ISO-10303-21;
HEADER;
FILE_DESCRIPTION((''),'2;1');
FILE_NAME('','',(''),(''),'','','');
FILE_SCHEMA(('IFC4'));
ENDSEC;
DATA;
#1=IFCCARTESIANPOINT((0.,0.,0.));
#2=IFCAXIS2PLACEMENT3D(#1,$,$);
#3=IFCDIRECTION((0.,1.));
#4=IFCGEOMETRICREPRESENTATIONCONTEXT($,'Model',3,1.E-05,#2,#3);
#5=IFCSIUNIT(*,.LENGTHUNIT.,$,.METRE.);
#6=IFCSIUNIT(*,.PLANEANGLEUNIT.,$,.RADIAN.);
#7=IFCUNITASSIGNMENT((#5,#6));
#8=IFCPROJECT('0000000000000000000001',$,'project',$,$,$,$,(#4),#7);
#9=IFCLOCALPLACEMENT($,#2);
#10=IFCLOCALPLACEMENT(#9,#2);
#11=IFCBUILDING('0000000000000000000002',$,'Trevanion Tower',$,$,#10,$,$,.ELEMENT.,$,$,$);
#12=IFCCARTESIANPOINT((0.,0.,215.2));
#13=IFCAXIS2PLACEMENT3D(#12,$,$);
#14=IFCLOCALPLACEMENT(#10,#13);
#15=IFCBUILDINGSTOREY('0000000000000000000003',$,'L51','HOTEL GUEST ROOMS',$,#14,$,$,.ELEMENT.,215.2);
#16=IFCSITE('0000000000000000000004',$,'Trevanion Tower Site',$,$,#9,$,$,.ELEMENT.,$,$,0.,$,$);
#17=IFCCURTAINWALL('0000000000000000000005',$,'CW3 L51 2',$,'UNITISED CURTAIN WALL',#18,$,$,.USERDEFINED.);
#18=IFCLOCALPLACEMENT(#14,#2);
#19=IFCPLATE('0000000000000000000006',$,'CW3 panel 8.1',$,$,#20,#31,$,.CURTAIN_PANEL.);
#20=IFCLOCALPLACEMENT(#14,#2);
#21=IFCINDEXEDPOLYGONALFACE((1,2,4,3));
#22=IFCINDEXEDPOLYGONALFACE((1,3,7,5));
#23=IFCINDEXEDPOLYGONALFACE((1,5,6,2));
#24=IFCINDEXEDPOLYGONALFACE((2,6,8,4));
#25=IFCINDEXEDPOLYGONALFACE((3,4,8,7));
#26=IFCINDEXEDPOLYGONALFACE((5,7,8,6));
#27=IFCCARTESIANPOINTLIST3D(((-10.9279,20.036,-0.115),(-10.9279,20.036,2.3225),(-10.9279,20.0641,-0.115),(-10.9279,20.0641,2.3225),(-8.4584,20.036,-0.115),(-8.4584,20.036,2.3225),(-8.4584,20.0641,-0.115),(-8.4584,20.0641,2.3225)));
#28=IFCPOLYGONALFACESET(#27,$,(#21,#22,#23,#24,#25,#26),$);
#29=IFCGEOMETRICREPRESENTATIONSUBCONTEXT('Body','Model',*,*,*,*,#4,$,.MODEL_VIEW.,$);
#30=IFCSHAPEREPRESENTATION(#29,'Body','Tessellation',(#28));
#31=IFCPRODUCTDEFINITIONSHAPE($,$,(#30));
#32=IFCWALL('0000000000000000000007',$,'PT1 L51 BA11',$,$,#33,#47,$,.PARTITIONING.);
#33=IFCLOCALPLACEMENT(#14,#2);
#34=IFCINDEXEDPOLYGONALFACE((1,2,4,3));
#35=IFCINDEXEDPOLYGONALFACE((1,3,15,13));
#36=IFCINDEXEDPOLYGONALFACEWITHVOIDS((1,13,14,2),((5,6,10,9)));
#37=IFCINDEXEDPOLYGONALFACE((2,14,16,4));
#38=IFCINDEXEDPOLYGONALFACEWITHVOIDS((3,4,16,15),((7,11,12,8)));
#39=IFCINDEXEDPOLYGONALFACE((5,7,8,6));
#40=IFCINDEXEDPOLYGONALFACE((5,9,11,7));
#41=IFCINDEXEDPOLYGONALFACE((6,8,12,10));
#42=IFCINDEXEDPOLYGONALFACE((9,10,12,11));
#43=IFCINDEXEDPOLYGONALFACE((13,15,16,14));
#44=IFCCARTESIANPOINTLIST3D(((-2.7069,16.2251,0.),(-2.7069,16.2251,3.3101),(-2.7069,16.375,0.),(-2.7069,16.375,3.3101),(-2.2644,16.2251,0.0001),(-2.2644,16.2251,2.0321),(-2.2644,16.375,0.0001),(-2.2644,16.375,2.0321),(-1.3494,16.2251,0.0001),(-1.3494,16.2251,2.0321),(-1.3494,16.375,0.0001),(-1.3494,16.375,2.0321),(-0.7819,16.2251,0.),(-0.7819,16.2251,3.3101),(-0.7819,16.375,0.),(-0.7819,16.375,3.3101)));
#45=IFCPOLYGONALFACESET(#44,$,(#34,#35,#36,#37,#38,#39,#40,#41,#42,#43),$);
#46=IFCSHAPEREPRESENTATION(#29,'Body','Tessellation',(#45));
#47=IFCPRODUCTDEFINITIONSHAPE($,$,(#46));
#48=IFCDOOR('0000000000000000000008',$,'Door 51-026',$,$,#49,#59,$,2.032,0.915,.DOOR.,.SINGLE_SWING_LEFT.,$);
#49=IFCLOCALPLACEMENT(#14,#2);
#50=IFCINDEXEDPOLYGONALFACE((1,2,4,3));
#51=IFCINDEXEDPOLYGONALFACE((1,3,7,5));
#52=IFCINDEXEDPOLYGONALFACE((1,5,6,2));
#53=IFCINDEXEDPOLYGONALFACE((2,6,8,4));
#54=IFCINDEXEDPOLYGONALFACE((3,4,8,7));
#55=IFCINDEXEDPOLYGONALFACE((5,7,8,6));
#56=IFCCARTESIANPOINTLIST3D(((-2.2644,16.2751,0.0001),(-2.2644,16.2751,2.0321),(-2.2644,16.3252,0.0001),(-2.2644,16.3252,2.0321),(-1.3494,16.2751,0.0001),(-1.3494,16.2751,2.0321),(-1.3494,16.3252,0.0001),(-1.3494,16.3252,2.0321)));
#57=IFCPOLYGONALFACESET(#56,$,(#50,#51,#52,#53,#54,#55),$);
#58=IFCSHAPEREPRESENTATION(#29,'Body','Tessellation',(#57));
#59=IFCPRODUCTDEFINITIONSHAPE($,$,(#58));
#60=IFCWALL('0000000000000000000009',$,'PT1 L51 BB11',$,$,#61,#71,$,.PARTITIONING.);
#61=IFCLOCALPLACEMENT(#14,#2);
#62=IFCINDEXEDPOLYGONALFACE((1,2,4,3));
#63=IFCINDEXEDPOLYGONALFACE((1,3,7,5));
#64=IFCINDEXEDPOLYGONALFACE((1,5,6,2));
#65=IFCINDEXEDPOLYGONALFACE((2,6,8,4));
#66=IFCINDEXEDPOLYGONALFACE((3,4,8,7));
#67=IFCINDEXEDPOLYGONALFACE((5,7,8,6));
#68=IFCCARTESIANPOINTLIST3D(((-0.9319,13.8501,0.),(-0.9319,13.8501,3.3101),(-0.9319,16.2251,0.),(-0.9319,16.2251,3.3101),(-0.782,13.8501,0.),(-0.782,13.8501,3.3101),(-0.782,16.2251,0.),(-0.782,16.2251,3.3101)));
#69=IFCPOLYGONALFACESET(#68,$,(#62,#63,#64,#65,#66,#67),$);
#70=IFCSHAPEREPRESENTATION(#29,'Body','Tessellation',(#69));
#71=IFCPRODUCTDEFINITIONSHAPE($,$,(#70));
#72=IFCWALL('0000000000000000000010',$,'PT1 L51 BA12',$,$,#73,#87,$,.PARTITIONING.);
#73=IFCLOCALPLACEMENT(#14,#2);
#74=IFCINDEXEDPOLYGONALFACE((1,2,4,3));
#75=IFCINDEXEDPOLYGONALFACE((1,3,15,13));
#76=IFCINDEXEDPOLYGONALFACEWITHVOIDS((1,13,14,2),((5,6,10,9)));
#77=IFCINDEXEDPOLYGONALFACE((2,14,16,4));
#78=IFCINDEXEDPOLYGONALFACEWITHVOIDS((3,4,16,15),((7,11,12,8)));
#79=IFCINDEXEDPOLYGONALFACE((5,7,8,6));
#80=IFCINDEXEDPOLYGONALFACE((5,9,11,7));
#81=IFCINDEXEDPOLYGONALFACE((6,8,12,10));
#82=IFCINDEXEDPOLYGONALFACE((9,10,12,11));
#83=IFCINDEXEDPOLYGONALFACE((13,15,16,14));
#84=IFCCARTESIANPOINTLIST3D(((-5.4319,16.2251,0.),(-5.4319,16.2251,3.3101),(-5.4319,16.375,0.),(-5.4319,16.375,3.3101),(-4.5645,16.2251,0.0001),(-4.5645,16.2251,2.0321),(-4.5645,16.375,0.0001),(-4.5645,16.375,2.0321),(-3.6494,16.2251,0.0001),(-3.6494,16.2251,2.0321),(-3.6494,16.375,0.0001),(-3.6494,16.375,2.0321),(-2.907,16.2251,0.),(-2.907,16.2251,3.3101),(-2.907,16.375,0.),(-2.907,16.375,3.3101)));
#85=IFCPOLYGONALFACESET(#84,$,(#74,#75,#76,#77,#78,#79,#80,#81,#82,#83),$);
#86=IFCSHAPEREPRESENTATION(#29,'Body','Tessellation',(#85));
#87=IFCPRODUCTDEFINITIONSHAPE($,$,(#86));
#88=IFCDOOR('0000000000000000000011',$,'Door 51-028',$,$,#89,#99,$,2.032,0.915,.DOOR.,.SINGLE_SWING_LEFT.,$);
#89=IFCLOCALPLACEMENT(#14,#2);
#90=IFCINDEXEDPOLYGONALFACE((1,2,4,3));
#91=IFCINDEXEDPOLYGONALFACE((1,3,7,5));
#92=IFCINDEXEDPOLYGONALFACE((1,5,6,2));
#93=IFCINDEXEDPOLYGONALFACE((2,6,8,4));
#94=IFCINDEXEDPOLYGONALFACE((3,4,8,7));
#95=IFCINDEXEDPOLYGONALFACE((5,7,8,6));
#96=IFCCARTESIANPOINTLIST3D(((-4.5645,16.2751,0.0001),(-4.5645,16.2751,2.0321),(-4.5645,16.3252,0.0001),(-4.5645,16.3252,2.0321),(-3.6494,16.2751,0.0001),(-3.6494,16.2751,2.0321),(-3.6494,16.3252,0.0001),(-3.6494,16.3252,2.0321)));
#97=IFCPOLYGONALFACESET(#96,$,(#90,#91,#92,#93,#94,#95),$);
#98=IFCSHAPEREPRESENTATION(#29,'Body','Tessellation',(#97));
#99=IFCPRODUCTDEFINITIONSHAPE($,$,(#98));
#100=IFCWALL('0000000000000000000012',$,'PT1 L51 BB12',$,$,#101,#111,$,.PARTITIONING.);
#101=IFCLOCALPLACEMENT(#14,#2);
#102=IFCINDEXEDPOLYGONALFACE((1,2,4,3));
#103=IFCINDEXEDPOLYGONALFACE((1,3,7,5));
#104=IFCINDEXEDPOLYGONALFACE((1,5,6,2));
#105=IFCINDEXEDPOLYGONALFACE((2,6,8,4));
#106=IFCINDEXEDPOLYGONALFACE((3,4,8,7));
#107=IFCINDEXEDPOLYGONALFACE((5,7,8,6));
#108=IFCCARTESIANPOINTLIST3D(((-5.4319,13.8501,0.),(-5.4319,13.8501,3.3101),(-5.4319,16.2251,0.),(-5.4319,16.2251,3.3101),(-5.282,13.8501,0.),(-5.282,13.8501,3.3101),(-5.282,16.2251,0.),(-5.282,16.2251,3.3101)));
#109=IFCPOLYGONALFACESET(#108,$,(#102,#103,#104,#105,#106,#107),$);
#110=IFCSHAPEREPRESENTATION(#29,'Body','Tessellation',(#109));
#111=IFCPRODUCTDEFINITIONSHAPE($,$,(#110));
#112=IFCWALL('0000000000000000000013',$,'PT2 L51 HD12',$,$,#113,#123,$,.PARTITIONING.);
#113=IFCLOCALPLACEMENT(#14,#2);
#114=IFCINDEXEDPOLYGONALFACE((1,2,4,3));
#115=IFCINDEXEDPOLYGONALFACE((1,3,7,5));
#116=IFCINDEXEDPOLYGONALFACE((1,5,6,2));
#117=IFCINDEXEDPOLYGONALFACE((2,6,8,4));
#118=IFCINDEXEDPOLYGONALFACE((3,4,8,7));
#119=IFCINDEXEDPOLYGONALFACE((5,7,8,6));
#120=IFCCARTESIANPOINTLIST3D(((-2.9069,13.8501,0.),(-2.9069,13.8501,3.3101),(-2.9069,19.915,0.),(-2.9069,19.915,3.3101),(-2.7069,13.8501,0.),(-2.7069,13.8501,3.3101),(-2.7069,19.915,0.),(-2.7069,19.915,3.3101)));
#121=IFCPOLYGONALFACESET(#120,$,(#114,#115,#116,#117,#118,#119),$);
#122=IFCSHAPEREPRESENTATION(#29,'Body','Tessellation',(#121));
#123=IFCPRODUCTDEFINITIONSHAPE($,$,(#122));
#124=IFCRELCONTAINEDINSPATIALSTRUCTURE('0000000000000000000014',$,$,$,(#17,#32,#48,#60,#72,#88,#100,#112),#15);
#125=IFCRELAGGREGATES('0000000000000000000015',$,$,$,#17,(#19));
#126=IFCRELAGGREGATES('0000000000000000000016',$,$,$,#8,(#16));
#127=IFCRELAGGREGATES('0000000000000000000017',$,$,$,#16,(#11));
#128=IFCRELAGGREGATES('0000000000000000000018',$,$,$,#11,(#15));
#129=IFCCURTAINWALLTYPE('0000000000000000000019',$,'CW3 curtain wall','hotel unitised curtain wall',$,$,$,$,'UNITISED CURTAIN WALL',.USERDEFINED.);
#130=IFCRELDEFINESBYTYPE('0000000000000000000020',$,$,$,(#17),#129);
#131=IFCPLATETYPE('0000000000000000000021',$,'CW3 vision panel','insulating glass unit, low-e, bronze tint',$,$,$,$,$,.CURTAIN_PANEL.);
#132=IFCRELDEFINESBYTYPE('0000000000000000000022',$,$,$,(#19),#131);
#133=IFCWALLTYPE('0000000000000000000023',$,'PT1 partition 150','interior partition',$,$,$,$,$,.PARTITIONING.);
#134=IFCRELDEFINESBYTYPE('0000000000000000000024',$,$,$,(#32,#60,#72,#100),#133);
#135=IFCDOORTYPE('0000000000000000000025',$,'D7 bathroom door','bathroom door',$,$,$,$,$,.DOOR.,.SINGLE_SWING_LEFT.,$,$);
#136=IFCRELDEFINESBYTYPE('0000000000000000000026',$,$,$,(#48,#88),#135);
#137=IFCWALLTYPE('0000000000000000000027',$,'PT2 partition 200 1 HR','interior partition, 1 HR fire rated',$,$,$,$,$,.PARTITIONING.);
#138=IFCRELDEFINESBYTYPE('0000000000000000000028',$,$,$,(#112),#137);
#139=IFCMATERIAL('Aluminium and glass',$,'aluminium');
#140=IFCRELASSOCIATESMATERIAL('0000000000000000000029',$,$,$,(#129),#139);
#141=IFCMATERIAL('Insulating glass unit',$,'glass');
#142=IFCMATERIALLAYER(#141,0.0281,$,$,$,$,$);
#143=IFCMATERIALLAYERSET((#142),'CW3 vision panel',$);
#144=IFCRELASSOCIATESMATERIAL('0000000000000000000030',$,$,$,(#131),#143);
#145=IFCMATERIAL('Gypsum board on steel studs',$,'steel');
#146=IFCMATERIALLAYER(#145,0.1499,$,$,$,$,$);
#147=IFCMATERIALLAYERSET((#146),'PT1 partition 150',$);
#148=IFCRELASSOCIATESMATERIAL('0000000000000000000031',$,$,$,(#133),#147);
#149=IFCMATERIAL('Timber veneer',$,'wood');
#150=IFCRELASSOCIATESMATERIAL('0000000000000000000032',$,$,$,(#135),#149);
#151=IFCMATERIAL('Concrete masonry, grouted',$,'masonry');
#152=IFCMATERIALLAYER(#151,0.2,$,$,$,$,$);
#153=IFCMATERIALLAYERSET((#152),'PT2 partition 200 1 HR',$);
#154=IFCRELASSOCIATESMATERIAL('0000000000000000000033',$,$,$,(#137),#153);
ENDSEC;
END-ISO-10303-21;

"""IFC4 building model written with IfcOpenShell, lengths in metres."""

from ifc_helpers import new_model, si_unit, direction, frame, frame_2d, origin, origin_2d, place, context, subcontext, project, spatial, rectangle, extrude, material, layer, layer_set, type_object, element, fill, aggregate, save


model = new_model("IFC4")

# Units and contexts
model_context = context("Model", 3, precision=1e-05, world=origin(), true_north=direction((0.0, 1.0)))
body_context = subcontext(model_context, "Body", "Model", "MODEL_VIEW")
ifc_project = project(units=[si_unit("LENGTHUNIT", "METRE"), si_unit("PLANEANGLEUNIT", "RADIAN")], contexts=[model_context])

# Site, building, storey
site_placement = place(None, origin())
site = spatial("IfcSite", under=ifc_project, at=site_placement, Name="Trevanion Tower Site", CompositionType="ELEMENT", RefElevation=0.0)
building_placement = place(site_placement, origin())
building = spatial("IfcBuilding", under=site, at=building_placement, Name="Trevanion Tower", CompositionType="ELEMENT")
storey_placement = place(building_placement, frame((0.0, 0.0, 215.2)))
storey = spatial("IfcBuildingStorey", under=building, at=storey_placement, Name="L51", Description="HOTEL GUEST ROOMS", CompositionType="ELEMENT", Elevation=215.2)

# Curtain wall
ifc_material_1 = material(Name="Aluminium and glass", Category="aluminium")
curtain_wall_type = type_object("IfcCurtainWallType", Name="CW3 curtain wall", Description="hotel unitised curtain wall", ElementType="UNITISED CURTAIN WALL", PredefinedType="USERDEFINED", material=ifc_material_1)
curtain_wall_placement = place(storey_placement, origin())
curtain_wall = element("IfcCurtainWall", 1, at=curtain_wall_placement, inside=storey, type_object=curtain_wall_type, Name="CW3 L51 2", ObjectType="UNITISED CURTAIN WALL", PredefinedType="USERDEFINED")

# Plate
ifc_material_2 = material(Name="Insulating glass unit", Category="glass")
ifc_layer_1 = layer(ifc_material_2, 0.0281)
ifc_layer_set_1 = layer_set([ifc_layer_1], Name="CW3 vision panel")
plate_type_1 = type_object("IfcPlateType", Name="CW3 vision panel", Description="insulating glass unit, low-e, bronze tint", PredefinedType="CURTAIN_PANEL", material=ifc_layer_set_1)
plate_1_placement = place(storey_placement, frame((-9.6931, 20.05, -0.115), z_axis=(0.0, 0.0, 1.0), x_axis=(-1.0, 0.0, 0.0)))
plate_1 = element("IfcPlate", 2, at=plate_1_placement, type_object=plate_type_1, Name="CW3 panel 8.1", PredefinedType="CURTAIN_PANEL", context=body_context, shape_type="SweptSolid", body=[
    extrude(rectangle(XDim=2.4695, YDim=0.0281, at=origin_2d()), origin(), (0.0, 0.0, 1.0), 2.4375),
])
aggregate(curtain_wall, [plate_1])

# Wall, opening, door
ifc_material_3 = material(Name="Gypsum board on steel studs", Category="steel")
ifc_layer_2 = layer(ifc_material_3, 0.1499)
ifc_layer_set_2 = layer_set([ifc_layer_2], Name="PT1 partition 150")
wall_type_1 = type_object("IfcWallType", Name="PT1 partition 150", Description="interior partition", PredefinedType="PARTITIONING", material=ifc_layer_set_2)
wall_1_placement = place(storey_placement, frame((-0.782, 16.3, 0.0), z_axis=(0.0, 0.0, 1.0), x_axis=(-1.0, 0.0, 0.0)))
wall_1 = element("IfcWall", 3, at=wall_1_placement, inside=storey, type_object=wall_type_1, Name="PT1 L51 BA11", PredefinedType="PARTITIONING", context=body_context, shape_type="SweptSolid", body=[
    extrude(rectangle(XDim=1.925, YDim=0.1499, at=frame_2d((0.9624, 0.0))), origin(), (0.0, 0.0, 1.0), 3.3101),
])
opening_1_placement = place(wall_1_placement, frame((0.5674, 0.0, 0.0)))
opening_1 = element("IfcOpeningElement", 4, at=opening_1_placement, cuts=wall_1, PredefinedType="OPENING", context=body_context, shape_type="SweptSolid", body=[
    extrude(rectangle(XDim=0.915, YDim=2.032, at=frame_2d((0.4575, 1.0161))), frame((0.0, 0.085, 0.0), z_axis=(0.0, -1.0, 0.0), x_axis=(1.0, 0.0, 0.0)), (0.0, 0.0, 1.0), 0.1699),
])
ifc_material_4 = material(Name="Timber veneer", Category="wood")
door_type = type_object("IfcDoorType", Name="D7 bathroom door", Description="bathroom door", OperationType="SINGLE_SWING_LEFT", PredefinedType="DOOR", material=ifc_material_4)
door_1_placement = place(opening_1_placement, origin())
door_1 = element("IfcDoor", 5, at=door_1_placement, inside=storey, type_object=door_type, Name="Door 51-026", OperationType="SINGLE_SWING_LEFT", OverallHeight=2.032, OverallWidth=0.915, PredefinedType="DOOR", context=body_context, shape_type="SweptSolid", body=[
    extrude(rectangle(XDim=0.915, YDim=2.032, at=frame_2d((0.4575, 1.0161))), frame((0.0, 0.0249, 0.0), z_axis=(0.0, -1.0, 0.0), x_axis=(1.0, 0.0, 0.0)), (0.0, 0.0, 1.0), 0.05),
])
fill(opening_1, door_1)

# Wall
wall_2_placement = place(storey_placement, frame((-0.8569, 13.8501, 0.0), z_axis=(0.0, 0.0, 1.0), x_axis=(0.0, 1.0, 0.0)))
element("IfcWall", 6, at=wall_2_placement, inside=storey, type_object=wall_type_1, Name="PT1 L51 BB11", PredefinedType="PARTITIONING", context=body_context, shape_type="SweptSolid", body=[
    extrude(rectangle(XDim=2.375, YDim=0.1499, at=frame_2d((1.1875, 0.0))), origin(), (0.0, 0.0, 1.0), 3.3101),
])

# Wall, opening, door
wall_3_placement = place(storey_placement, frame((-2.907, 16.3, 0.0), z_axis=(0.0, 0.0, 1.0), x_axis=(-1.0, 0.0, 0.0)))
wall_3 = element("IfcWall", 7, at=wall_3_placement, inside=storey, type_object=wall_type_1, Name="PT1 L51 BA12", PredefinedType="PARTITIONING", context=body_context, shape_type="SweptSolid", body=[
    extrude(rectangle(XDim=2.5249, YDim=0.1499, at=frame_2d((1.2625, 0.0))), origin(), (0.0, 0.0, 1.0), 3.3101),
])
opening_2_placement = place(wall_3_placement, frame((0.7424, 0.0, 0.0)))
opening_2 = element("IfcOpeningElement", 8, at=opening_2_placement, cuts=wall_3, PredefinedType="OPENING", context=body_context, shape_type="SweptSolid", body=[
    extrude(rectangle(XDim=0.915, YDim=2.032, at=frame_2d((0.4575, 1.0161))), frame((0.0, 0.085, 0.0), z_axis=(0.0, -1.0, 0.0), x_axis=(1.0, 0.0, 0.0)), (0.0, 0.0, 1.0), 0.1699),
])
door_2_placement = place(opening_2_placement, origin())
door_2 = element("IfcDoor", 9, at=door_2_placement, inside=storey, type_object=door_type, Name="Door 51-028", OperationType="SINGLE_SWING_LEFT", OverallHeight=2.032, OverallWidth=0.915, PredefinedType="DOOR", context=body_context, shape_type="SweptSolid", body=[
    extrude(rectangle(XDim=0.915, YDim=2.032, at=frame_2d((0.4575, 1.0161))), frame((0.0, 0.0249, 0.0), z_axis=(0.0, -1.0, 0.0), x_axis=(1.0, 0.0, 0.0)), (0.0, 0.0, 1.0), 0.05),
])
fill(opening_2, door_2)

# Walls
wall_4_placement = place(storey_placement, frame((-5.3569, 13.8501, 0.0), z_axis=(0.0, 0.0, 1.0), x_axis=(0.0, 1.0, 0.0)))
element("IfcWall", 10, at=wall_4_placement, inside=storey, type_object=wall_type_1, Name="PT1 L51 BB12", PredefinedType="PARTITIONING", context=body_context, shape_type="SweptSolid", body=[
    extrude(rectangle(XDim=2.375, YDim=0.1499, at=frame_2d((1.1875, 0.0))), origin(), (0.0, 0.0, 1.0), 3.3101),
])
ifc_material_5 = material(Name="Concrete masonry, grouted", Category="masonry")
ifc_layer_3 = layer(ifc_material_5, 0.2)
ifc_layer_set_3 = layer_set([ifc_layer_3], Name="PT2 partition 200 1 HR")
wall_type_2 = type_object("IfcWallType", Name="PT2 partition 200 1 HR", Description="interior partition, 1 HR fire rated", PredefinedType="PARTITIONING", material=ifc_layer_set_3)
wall_5_placement = place(storey_placement, frame((-2.8069, 13.8501, 0.0), z_axis=(0.0, 0.0, 1.0), x_axis=(0.0, 1.0, 0.0)))
element("IfcWall", 11, at=wall_5_placement, inside=storey, type_object=wall_type_2, Name="PT2 L51 HD12", PredefinedType="PARTITIONING", context=body_context, shape_type="SweptSolid", body=[
    extrude(rectangle(XDim=6.0649, YDim=0.2, at=frame_2d((3.0325, 0.0))), origin(), (0.0, 0.0, 1.0), 3.3101),
])

save(model, "model.ifc")
